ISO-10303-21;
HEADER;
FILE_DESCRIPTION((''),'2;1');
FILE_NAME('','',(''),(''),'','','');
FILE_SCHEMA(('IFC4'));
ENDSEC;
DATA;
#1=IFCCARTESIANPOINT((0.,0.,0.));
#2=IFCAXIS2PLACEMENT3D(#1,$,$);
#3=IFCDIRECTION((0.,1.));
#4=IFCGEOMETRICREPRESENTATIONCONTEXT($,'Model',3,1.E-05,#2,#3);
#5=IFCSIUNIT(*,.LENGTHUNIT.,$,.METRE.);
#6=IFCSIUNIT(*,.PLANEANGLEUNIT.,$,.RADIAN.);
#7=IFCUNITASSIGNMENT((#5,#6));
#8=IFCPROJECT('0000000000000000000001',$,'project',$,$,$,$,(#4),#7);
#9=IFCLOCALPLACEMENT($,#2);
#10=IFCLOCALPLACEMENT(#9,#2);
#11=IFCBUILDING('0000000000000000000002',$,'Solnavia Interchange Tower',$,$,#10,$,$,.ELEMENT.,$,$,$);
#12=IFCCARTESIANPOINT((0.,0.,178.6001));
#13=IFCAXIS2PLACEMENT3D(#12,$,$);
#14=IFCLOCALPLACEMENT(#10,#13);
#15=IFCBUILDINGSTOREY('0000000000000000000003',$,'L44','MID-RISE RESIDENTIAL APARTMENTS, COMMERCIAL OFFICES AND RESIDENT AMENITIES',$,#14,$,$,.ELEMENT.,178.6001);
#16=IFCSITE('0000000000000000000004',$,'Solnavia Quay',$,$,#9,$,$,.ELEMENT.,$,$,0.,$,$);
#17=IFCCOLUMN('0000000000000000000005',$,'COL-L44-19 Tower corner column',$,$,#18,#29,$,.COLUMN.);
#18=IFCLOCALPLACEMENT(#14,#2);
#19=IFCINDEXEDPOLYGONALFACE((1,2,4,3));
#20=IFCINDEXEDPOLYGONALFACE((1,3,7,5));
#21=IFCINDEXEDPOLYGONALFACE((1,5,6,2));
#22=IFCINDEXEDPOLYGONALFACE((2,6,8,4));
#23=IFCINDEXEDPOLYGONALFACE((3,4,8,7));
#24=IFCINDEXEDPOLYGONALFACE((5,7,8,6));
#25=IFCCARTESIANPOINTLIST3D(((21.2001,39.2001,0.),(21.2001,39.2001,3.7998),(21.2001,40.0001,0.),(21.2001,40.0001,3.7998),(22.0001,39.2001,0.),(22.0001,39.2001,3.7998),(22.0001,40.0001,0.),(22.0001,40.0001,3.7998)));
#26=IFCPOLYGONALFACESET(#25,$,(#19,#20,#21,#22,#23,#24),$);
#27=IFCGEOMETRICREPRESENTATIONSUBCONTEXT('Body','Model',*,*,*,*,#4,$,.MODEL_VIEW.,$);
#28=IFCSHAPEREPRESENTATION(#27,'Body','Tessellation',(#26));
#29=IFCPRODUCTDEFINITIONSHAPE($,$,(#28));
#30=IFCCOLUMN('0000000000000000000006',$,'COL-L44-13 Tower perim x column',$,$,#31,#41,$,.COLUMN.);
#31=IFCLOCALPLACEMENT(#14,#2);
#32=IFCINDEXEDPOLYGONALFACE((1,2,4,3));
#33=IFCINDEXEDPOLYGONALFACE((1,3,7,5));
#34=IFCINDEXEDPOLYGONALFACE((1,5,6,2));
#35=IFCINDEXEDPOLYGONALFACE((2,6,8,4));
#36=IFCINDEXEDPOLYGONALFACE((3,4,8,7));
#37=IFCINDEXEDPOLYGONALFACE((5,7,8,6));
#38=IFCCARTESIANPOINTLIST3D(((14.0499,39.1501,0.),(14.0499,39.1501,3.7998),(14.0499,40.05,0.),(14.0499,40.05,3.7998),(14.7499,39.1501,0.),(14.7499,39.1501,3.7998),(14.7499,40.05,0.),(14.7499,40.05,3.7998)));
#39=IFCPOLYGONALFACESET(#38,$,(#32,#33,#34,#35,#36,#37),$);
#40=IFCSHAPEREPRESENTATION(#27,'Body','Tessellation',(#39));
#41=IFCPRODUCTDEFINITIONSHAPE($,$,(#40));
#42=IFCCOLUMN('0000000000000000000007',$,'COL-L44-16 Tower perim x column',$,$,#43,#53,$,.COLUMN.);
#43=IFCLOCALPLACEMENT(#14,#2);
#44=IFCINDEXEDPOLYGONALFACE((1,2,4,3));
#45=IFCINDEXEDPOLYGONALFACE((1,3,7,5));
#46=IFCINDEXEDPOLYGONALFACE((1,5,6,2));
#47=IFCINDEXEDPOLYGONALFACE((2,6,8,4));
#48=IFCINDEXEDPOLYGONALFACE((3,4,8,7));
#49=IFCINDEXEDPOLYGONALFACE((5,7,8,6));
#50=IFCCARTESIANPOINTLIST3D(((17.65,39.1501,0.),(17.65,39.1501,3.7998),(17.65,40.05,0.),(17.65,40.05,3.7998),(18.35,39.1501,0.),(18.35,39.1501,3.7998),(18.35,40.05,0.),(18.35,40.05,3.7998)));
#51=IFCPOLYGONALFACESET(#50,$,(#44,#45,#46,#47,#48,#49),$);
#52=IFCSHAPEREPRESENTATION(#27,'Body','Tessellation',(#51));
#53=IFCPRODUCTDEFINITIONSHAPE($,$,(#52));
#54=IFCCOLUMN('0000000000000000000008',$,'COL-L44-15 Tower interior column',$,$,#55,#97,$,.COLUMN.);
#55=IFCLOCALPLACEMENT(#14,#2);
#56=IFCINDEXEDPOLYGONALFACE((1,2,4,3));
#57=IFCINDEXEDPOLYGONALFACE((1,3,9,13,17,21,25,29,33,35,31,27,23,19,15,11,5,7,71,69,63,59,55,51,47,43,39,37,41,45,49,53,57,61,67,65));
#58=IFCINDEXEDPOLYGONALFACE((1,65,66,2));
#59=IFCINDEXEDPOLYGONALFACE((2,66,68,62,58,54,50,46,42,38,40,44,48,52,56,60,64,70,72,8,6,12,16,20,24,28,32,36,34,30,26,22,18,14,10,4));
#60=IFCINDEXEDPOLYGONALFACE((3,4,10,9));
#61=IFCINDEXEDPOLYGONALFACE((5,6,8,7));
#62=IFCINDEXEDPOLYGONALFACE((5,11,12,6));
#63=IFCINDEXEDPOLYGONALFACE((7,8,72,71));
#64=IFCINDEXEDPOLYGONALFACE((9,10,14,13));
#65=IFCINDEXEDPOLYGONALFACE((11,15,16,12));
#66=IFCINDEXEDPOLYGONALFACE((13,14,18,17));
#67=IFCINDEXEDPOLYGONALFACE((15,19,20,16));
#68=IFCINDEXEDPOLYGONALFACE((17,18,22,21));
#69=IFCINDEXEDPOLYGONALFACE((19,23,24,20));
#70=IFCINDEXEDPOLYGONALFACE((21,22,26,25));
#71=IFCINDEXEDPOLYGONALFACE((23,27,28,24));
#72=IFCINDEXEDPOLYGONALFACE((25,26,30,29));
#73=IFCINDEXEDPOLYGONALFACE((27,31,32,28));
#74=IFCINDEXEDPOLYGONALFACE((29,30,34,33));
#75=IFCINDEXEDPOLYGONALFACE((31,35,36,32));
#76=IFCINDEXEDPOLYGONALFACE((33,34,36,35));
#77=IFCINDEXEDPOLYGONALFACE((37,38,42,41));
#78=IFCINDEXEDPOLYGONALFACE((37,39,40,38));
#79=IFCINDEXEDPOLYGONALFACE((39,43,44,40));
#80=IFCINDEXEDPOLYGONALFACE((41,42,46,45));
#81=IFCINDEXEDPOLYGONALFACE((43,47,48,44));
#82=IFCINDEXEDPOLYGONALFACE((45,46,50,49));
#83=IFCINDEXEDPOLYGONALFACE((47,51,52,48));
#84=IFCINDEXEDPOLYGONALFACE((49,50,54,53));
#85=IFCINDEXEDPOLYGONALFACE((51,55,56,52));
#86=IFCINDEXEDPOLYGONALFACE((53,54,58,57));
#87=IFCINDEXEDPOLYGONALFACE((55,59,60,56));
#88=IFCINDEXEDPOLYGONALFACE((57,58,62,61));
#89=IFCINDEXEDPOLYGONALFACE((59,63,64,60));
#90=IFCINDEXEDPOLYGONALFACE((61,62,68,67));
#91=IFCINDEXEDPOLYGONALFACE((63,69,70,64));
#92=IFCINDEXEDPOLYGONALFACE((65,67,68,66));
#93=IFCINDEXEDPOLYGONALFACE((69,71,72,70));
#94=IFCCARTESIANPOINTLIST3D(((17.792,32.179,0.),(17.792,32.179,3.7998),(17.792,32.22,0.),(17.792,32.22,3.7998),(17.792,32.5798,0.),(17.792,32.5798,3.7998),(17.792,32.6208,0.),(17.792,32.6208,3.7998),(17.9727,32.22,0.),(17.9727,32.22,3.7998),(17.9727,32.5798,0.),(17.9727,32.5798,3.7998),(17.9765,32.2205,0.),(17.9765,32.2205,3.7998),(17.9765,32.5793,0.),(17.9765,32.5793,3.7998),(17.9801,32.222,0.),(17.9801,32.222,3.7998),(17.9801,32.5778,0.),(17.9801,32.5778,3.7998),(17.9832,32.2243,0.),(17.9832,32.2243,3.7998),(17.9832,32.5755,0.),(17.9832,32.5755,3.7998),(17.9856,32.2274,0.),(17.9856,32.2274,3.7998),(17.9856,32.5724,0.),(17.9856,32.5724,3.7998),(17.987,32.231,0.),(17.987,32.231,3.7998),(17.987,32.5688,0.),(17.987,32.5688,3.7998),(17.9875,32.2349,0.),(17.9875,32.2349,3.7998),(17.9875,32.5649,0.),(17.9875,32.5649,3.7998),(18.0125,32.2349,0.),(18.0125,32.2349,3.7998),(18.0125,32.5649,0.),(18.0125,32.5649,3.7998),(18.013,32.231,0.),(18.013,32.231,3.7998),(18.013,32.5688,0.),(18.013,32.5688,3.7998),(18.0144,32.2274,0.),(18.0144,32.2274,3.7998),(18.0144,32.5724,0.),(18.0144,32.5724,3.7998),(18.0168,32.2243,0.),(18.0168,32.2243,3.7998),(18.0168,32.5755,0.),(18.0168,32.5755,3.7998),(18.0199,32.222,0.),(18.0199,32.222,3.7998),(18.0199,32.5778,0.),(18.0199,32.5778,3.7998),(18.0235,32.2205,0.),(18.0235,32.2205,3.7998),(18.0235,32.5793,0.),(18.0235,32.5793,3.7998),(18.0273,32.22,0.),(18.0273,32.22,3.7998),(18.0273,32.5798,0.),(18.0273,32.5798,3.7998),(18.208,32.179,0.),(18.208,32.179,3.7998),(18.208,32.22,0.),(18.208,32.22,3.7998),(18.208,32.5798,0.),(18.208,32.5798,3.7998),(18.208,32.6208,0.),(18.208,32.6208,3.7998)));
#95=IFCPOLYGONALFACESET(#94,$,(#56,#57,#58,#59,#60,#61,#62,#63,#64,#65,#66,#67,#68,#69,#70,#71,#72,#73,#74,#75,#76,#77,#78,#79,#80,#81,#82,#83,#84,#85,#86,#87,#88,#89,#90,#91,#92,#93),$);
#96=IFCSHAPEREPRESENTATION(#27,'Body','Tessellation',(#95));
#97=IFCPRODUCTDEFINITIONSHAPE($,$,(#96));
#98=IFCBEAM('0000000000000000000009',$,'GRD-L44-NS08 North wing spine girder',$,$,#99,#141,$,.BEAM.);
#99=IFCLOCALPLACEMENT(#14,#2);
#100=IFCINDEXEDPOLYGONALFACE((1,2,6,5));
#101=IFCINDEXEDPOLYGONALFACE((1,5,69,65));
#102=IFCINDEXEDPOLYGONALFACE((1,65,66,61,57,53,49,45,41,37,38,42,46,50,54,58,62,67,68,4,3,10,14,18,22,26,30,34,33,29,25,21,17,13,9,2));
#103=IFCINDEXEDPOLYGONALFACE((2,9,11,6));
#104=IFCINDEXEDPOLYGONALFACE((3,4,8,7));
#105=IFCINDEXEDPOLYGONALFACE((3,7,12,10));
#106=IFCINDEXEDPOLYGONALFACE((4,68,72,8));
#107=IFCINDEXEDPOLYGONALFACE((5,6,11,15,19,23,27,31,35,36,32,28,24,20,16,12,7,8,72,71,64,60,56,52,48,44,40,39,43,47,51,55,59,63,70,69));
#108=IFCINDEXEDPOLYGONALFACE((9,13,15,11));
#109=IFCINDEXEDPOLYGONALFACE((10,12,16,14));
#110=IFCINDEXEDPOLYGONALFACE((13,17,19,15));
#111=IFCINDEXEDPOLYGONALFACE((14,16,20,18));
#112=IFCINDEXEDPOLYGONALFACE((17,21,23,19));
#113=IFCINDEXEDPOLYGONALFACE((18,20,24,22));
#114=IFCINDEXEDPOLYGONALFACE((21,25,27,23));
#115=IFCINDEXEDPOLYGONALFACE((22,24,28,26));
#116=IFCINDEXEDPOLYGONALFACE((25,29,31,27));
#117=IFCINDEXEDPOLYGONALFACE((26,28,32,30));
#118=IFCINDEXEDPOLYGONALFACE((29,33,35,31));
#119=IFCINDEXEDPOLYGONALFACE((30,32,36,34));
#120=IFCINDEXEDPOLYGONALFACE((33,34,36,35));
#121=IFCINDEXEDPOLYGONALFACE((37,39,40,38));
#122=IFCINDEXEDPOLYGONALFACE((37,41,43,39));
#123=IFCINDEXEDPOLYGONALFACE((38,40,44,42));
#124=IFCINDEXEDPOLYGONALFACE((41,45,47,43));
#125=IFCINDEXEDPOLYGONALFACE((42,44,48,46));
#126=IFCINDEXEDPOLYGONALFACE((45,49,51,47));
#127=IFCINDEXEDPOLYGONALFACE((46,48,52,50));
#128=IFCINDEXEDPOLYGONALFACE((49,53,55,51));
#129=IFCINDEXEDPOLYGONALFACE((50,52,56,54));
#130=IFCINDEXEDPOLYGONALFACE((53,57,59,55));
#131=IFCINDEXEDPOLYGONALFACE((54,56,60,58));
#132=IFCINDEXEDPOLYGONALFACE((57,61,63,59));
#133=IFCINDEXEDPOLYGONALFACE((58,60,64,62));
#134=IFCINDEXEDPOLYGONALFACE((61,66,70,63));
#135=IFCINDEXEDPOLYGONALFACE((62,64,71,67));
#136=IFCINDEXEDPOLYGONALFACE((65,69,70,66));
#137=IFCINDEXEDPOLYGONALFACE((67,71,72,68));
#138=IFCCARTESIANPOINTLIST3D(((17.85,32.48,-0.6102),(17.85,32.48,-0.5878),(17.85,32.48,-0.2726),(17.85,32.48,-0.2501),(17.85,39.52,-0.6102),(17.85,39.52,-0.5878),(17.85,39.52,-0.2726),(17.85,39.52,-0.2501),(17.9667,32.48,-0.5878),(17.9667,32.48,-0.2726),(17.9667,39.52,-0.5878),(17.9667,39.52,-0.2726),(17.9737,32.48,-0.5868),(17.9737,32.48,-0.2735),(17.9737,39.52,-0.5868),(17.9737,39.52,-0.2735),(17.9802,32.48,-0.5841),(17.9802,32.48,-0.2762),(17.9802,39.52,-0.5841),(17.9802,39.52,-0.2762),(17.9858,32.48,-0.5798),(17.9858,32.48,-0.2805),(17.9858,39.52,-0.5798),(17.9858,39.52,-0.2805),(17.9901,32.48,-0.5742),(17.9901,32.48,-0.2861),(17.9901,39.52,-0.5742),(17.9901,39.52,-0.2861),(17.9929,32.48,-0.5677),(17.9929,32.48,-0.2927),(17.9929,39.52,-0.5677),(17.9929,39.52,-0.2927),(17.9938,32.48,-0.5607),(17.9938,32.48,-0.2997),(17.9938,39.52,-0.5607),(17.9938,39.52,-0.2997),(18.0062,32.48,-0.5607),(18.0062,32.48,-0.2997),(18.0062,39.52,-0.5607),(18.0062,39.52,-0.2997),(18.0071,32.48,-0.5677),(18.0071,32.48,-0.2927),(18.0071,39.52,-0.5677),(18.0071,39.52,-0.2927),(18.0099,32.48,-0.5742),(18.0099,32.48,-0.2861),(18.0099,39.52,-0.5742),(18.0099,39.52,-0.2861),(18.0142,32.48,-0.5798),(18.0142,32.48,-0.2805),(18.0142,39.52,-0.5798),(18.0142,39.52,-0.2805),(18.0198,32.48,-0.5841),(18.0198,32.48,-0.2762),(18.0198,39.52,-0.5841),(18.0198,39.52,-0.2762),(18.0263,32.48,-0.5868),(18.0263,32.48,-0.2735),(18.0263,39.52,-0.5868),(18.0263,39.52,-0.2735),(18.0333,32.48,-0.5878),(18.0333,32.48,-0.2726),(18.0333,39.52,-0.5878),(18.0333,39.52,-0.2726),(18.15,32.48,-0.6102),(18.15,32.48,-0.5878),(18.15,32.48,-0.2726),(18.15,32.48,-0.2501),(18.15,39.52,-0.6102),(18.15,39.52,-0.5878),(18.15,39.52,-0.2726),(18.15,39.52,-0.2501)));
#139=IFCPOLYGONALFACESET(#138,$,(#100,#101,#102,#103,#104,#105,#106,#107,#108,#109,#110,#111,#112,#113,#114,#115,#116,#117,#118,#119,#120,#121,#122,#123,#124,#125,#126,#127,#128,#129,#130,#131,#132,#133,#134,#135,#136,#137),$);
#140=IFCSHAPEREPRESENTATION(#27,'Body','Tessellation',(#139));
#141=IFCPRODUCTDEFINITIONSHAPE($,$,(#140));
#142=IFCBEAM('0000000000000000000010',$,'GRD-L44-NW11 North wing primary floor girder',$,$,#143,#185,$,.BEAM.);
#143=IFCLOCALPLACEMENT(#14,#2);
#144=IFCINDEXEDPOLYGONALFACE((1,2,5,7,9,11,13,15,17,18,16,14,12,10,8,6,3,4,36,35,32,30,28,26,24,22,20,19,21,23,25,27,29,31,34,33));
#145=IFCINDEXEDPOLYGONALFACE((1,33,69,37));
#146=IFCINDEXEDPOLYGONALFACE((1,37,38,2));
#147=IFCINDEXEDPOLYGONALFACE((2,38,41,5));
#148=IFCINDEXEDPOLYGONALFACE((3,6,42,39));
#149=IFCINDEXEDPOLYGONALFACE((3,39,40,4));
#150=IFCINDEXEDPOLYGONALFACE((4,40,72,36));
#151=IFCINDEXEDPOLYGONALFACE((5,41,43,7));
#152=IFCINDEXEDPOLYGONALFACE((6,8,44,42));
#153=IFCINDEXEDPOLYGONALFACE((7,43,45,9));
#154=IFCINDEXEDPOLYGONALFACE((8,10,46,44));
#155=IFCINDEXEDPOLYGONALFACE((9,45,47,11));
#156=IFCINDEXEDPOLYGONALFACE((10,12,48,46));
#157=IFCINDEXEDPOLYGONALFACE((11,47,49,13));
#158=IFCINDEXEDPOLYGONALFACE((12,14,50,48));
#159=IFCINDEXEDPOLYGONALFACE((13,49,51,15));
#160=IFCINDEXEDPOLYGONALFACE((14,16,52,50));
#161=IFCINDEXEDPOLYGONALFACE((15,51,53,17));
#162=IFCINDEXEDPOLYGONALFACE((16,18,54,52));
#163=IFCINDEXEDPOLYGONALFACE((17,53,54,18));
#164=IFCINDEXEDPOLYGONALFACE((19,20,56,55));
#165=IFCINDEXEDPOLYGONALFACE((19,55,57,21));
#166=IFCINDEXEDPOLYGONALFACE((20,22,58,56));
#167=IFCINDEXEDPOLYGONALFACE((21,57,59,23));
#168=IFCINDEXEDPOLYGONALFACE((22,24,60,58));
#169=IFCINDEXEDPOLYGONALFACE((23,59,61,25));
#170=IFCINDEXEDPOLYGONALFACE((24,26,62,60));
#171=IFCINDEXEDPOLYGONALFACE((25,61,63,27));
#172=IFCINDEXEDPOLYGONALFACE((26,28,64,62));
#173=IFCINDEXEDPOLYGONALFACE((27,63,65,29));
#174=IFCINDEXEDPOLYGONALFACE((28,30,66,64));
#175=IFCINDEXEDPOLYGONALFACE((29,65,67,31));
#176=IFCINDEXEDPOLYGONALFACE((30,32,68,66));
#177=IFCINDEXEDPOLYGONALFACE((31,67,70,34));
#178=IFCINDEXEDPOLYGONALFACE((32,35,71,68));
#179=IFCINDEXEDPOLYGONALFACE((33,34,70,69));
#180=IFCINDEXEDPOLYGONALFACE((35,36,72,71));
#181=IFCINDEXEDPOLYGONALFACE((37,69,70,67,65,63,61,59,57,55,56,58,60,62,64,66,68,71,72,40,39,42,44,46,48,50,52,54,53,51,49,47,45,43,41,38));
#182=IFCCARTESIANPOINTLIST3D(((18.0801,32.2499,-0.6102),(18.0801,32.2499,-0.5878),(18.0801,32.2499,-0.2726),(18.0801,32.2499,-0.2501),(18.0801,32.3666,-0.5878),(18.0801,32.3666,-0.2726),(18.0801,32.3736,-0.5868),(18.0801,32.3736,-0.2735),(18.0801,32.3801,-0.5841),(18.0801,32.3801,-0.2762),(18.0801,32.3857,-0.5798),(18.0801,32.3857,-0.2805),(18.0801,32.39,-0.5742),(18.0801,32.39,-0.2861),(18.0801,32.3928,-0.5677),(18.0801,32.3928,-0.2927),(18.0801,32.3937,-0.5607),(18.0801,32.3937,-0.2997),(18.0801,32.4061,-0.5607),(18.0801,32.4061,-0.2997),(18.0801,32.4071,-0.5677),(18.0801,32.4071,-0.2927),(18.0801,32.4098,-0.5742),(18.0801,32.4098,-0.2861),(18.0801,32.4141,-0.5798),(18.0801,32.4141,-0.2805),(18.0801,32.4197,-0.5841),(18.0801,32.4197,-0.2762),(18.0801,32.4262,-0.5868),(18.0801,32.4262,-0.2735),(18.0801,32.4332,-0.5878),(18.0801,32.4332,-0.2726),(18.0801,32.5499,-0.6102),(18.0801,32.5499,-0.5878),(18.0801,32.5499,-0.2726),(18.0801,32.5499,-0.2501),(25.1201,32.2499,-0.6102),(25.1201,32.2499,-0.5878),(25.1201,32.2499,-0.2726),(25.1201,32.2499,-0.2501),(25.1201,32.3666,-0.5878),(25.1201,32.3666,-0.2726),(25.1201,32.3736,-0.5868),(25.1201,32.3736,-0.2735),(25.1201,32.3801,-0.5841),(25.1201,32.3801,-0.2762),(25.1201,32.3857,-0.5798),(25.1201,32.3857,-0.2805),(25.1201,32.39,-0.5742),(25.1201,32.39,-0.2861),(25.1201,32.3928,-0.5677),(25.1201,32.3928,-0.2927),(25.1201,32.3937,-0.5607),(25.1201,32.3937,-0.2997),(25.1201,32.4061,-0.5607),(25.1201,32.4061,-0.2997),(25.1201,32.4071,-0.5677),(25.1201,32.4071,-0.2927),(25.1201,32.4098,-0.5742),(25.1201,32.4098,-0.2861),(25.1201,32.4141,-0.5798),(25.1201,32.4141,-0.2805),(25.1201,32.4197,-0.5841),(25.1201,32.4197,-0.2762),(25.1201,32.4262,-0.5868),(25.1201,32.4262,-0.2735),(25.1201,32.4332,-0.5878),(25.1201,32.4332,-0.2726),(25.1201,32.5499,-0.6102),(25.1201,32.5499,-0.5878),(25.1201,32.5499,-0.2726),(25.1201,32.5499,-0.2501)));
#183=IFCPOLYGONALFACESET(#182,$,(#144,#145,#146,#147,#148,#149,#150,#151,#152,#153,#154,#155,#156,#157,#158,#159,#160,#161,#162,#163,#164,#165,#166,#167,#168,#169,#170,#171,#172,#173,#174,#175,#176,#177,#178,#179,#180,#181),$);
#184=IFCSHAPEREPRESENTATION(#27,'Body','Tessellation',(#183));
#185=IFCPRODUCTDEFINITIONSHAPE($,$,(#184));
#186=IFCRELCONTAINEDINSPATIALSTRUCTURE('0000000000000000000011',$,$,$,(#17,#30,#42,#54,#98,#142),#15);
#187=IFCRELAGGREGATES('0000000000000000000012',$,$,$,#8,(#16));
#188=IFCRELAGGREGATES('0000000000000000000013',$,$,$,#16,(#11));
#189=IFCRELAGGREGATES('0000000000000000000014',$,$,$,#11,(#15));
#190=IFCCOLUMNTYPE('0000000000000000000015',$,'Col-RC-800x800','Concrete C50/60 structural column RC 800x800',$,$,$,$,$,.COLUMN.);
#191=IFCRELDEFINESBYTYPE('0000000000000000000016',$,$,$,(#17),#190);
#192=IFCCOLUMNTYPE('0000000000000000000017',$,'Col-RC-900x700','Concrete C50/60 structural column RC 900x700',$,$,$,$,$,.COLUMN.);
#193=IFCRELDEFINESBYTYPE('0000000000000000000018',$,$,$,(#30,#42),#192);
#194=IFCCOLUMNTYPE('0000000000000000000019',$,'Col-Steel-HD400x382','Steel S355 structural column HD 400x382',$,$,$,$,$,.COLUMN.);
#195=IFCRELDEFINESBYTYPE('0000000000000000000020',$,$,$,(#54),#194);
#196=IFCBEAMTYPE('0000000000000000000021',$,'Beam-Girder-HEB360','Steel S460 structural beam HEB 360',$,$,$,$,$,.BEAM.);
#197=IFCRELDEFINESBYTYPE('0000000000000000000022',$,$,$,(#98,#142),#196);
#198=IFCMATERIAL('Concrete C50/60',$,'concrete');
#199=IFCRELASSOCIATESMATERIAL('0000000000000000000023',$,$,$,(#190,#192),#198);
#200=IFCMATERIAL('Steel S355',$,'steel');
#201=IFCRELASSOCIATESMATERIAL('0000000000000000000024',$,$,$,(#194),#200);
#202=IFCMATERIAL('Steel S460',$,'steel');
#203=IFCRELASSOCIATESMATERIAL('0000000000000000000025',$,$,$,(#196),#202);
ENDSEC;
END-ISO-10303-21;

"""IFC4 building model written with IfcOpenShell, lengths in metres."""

from ifc_helpers import new_model, si_unit, direction, frame, origin, origin_2d, place, context, subcontext, project, spatial, rectangle, i_section, extrude, material, material_profile, profile_set, type_object, element, save


model = new_model("IFC4")

# Units and contexts
model_context = context("Model", 3, precision=1e-05, world=origin(), true_north=direction((0.0, 1.0)))
body_context = subcontext(model_context, "Body", "Model", "MODEL_VIEW")
ifc_project = project(units=[si_unit("LENGTHUNIT", "METRE"), si_unit("PLANEANGLEUNIT", "RADIAN")], contexts=[model_context])

# Site, building, storey
site_placement = place(None, origin())
site = spatial("IfcSite", under=ifc_project, at=site_placement, Name="Solnavia Quay", CompositionType="ELEMENT", RefElevation=0.0)
building_placement = place(site_placement, origin())
building = spatial("IfcBuilding", under=site, at=building_placement, Name="Solnavia Interchange Tower", CompositionType="ELEMENT")
storey_placement = place(building_placement, frame((0.0, 0.0, 178.6001)))
storey = spatial("IfcBuildingStorey", under=building, at=storey_placement, Name="L44", Description="MID-RISE RESIDENTIAL APARTMENTS, COMMERCIAL OFFICES AND RESIDENT AMENITIES", CompositionType="ELEMENT", Elevation=178.6001)

# Columns
ifc_material_1 = material(Name="Concrete C50/60", Category="concrete")
ifc_material_profile_1 = material_profile(ifc_material_1, rectangle(XDim=0.8, YDim=0.8, at=origin_2d()), Name="RC 800x800")
ifc_profile_set_1 = profile_set([ifc_material_profile_1], Name="Concrete C50/60")
column_type_1 = type_object("IfcColumnType", Name="Col-RC-800x800", Description="Concrete C50/60 structural column RC 800x800", PredefinedType="COLUMN", material=ifc_profile_set_1)
column_1_placement = place(storey_placement, frame((21.6001, 39.6001, 0.0), z_axis=(0.0, 0.0, 1.0), x_axis=(1.0, 0.0, 0.0)))
element("IfcColumn", 1, at=column_1_placement, inside=storey, type_object=column_type_1, Name="COL-L44-19 Tower corner column", PredefinedType="COLUMN", context=body_context, shape_type="SweptSolid", body=[
    extrude(rectangle(XDim=0.8, YDim=0.8, at=origin_2d()), origin(), (0.0, 0.0, 1.0), 3.7998),
])
ifc_material_profile_2 = material_profile(ifc_material_1, rectangle(XDim=0.7, YDim=0.8999, at=origin_2d()), Name="RC 900x700")
ifc_profile_set_2 = profile_set([ifc_material_profile_2], Name="Concrete C50/60")
column_type_2 = type_object("IfcColumnType", Name="Col-RC-900x700", Description="Concrete C50/60 structural column RC 900x700", PredefinedType="COLUMN", material=ifc_profile_set_2)
for number, where, z_axis, x_axis, name in (
    (2, (14.3999, 39.6001, 0.0), (0.0, 0.0, 1.0), (1.0, 0.0, 0.0), "COL-L44-13 Tower perim x column"),
    (3, (18.0, 39.6001, 0.0), (0.0, 0.0, 1.0), (1.0, 0.0, 0.0), "COL-L44-16 Tower perim x column"),
):
    element("IfcColumn", number, at=place(storey_placement, frame(where, z_axis=z_axis, x_axis=x_axis)), inside=storey, type_object=column_type_2, Name=name, PredefinedType="COLUMN", context=body_context, shape_type="SweptSolid", body=[
        extrude(rectangle(XDim=0.7, YDim=0.8999, at=origin_2d()), origin(), (0.0, 0.0, 1.0), 3.7998),
    ])
ifc_material_2 = material(Name="Steel S355", Category="steel")
ifc_material_profile_3 = material_profile(ifc_material_2, i_section(OverallWidth=0.416, OverallDepth=0.4419, WebThickness=0.0249, FlangeThickness=0.041, FilletRadius=0.0149, at=origin_2d()), Name="HD 400x382")
ifc_profile_set_3 = profile_set([ifc_material_profile_3], Name="Steel S355")
column_type_3 = type_object("IfcColumnType", Name="Col-Steel-HD400x382", Description="Steel S355 structural column HD 400x382", PredefinedType="COLUMN", material=ifc_profile_set_3)
column_2_placement = place(storey_placement, frame((18.0, 32.3999, 0.0), z_axis=(0.0, 0.0, 1.0), x_axis=(1.0, 0.0, 0.0)))
element("IfcColumn", 4, at=column_2_placement, inside=storey, type_object=column_type_3, Name="COL-L44-15 Tower interior column", PredefinedType="COLUMN", context=body_context, shape_type="SweptSolid", body=[
    extrude(i_section(OverallWidth=0.416, OverallDepth=0.4419, WebThickness=0.0249, FlangeThickness=0.041, FilletRadius=0.0149, at=origin_2d()), origin(), (0.0, 0.0, 1.0), 3.7998),
])

# Beams
ifc_material_3 = material(Name="Steel S460", Category="steel")
ifc_material_profile_4 = material_profile(ifc_material_3, i_section(OverallWidth=0.3, OverallDepth=0.3601, WebThickness=0.0125, FlangeThickness=0.0225, FilletRadius=0.0271, at=origin_2d()), Name="HEB 360")
ifc_profile_set_4 = profile_set([ifc_material_profile_4], Name="Steel S460")
beam_type_1 = type_object("IfcBeamType", Name="Beam-Girder-HEB360", Description="Steel S460 structural beam HEB 360", PredefinedType="BEAM", material=ifc_profile_set_4)
for number, where, z_axis, x_axis, name in (
    (5, (18.0, 32.48, -0.4302), (0.0, 1.0, 0.0), (-1.0, 0.0, 0.0), "GRD-L44-NS08 North wing spine girder"),
    (6, (18.0801, 32.3999, -0.4302), (1.0, 0.0, 0.0), (0.0, 1.0, 0.0), "GRD-L44-NW11 North wing primary floor girder"),
):
    element("IfcBeam", number, at=place(storey_placement, frame(where, z_axis=z_axis, x_axis=x_axis)), inside=storey, type_object=beam_type_1, Name=name, PredefinedType="BEAM", context=body_context, shape_type="SweptSolid", body=[
        extrude(i_section(OverallWidth=0.3, OverallDepth=0.3601, WebThickness=0.0125, FlangeThickness=0.0225, FilletRadius=0.0271, at=origin_2d()), origin(), (0.0, 0.0, 1.0), 7.04),
    ])

save(model, "model.ifc")
